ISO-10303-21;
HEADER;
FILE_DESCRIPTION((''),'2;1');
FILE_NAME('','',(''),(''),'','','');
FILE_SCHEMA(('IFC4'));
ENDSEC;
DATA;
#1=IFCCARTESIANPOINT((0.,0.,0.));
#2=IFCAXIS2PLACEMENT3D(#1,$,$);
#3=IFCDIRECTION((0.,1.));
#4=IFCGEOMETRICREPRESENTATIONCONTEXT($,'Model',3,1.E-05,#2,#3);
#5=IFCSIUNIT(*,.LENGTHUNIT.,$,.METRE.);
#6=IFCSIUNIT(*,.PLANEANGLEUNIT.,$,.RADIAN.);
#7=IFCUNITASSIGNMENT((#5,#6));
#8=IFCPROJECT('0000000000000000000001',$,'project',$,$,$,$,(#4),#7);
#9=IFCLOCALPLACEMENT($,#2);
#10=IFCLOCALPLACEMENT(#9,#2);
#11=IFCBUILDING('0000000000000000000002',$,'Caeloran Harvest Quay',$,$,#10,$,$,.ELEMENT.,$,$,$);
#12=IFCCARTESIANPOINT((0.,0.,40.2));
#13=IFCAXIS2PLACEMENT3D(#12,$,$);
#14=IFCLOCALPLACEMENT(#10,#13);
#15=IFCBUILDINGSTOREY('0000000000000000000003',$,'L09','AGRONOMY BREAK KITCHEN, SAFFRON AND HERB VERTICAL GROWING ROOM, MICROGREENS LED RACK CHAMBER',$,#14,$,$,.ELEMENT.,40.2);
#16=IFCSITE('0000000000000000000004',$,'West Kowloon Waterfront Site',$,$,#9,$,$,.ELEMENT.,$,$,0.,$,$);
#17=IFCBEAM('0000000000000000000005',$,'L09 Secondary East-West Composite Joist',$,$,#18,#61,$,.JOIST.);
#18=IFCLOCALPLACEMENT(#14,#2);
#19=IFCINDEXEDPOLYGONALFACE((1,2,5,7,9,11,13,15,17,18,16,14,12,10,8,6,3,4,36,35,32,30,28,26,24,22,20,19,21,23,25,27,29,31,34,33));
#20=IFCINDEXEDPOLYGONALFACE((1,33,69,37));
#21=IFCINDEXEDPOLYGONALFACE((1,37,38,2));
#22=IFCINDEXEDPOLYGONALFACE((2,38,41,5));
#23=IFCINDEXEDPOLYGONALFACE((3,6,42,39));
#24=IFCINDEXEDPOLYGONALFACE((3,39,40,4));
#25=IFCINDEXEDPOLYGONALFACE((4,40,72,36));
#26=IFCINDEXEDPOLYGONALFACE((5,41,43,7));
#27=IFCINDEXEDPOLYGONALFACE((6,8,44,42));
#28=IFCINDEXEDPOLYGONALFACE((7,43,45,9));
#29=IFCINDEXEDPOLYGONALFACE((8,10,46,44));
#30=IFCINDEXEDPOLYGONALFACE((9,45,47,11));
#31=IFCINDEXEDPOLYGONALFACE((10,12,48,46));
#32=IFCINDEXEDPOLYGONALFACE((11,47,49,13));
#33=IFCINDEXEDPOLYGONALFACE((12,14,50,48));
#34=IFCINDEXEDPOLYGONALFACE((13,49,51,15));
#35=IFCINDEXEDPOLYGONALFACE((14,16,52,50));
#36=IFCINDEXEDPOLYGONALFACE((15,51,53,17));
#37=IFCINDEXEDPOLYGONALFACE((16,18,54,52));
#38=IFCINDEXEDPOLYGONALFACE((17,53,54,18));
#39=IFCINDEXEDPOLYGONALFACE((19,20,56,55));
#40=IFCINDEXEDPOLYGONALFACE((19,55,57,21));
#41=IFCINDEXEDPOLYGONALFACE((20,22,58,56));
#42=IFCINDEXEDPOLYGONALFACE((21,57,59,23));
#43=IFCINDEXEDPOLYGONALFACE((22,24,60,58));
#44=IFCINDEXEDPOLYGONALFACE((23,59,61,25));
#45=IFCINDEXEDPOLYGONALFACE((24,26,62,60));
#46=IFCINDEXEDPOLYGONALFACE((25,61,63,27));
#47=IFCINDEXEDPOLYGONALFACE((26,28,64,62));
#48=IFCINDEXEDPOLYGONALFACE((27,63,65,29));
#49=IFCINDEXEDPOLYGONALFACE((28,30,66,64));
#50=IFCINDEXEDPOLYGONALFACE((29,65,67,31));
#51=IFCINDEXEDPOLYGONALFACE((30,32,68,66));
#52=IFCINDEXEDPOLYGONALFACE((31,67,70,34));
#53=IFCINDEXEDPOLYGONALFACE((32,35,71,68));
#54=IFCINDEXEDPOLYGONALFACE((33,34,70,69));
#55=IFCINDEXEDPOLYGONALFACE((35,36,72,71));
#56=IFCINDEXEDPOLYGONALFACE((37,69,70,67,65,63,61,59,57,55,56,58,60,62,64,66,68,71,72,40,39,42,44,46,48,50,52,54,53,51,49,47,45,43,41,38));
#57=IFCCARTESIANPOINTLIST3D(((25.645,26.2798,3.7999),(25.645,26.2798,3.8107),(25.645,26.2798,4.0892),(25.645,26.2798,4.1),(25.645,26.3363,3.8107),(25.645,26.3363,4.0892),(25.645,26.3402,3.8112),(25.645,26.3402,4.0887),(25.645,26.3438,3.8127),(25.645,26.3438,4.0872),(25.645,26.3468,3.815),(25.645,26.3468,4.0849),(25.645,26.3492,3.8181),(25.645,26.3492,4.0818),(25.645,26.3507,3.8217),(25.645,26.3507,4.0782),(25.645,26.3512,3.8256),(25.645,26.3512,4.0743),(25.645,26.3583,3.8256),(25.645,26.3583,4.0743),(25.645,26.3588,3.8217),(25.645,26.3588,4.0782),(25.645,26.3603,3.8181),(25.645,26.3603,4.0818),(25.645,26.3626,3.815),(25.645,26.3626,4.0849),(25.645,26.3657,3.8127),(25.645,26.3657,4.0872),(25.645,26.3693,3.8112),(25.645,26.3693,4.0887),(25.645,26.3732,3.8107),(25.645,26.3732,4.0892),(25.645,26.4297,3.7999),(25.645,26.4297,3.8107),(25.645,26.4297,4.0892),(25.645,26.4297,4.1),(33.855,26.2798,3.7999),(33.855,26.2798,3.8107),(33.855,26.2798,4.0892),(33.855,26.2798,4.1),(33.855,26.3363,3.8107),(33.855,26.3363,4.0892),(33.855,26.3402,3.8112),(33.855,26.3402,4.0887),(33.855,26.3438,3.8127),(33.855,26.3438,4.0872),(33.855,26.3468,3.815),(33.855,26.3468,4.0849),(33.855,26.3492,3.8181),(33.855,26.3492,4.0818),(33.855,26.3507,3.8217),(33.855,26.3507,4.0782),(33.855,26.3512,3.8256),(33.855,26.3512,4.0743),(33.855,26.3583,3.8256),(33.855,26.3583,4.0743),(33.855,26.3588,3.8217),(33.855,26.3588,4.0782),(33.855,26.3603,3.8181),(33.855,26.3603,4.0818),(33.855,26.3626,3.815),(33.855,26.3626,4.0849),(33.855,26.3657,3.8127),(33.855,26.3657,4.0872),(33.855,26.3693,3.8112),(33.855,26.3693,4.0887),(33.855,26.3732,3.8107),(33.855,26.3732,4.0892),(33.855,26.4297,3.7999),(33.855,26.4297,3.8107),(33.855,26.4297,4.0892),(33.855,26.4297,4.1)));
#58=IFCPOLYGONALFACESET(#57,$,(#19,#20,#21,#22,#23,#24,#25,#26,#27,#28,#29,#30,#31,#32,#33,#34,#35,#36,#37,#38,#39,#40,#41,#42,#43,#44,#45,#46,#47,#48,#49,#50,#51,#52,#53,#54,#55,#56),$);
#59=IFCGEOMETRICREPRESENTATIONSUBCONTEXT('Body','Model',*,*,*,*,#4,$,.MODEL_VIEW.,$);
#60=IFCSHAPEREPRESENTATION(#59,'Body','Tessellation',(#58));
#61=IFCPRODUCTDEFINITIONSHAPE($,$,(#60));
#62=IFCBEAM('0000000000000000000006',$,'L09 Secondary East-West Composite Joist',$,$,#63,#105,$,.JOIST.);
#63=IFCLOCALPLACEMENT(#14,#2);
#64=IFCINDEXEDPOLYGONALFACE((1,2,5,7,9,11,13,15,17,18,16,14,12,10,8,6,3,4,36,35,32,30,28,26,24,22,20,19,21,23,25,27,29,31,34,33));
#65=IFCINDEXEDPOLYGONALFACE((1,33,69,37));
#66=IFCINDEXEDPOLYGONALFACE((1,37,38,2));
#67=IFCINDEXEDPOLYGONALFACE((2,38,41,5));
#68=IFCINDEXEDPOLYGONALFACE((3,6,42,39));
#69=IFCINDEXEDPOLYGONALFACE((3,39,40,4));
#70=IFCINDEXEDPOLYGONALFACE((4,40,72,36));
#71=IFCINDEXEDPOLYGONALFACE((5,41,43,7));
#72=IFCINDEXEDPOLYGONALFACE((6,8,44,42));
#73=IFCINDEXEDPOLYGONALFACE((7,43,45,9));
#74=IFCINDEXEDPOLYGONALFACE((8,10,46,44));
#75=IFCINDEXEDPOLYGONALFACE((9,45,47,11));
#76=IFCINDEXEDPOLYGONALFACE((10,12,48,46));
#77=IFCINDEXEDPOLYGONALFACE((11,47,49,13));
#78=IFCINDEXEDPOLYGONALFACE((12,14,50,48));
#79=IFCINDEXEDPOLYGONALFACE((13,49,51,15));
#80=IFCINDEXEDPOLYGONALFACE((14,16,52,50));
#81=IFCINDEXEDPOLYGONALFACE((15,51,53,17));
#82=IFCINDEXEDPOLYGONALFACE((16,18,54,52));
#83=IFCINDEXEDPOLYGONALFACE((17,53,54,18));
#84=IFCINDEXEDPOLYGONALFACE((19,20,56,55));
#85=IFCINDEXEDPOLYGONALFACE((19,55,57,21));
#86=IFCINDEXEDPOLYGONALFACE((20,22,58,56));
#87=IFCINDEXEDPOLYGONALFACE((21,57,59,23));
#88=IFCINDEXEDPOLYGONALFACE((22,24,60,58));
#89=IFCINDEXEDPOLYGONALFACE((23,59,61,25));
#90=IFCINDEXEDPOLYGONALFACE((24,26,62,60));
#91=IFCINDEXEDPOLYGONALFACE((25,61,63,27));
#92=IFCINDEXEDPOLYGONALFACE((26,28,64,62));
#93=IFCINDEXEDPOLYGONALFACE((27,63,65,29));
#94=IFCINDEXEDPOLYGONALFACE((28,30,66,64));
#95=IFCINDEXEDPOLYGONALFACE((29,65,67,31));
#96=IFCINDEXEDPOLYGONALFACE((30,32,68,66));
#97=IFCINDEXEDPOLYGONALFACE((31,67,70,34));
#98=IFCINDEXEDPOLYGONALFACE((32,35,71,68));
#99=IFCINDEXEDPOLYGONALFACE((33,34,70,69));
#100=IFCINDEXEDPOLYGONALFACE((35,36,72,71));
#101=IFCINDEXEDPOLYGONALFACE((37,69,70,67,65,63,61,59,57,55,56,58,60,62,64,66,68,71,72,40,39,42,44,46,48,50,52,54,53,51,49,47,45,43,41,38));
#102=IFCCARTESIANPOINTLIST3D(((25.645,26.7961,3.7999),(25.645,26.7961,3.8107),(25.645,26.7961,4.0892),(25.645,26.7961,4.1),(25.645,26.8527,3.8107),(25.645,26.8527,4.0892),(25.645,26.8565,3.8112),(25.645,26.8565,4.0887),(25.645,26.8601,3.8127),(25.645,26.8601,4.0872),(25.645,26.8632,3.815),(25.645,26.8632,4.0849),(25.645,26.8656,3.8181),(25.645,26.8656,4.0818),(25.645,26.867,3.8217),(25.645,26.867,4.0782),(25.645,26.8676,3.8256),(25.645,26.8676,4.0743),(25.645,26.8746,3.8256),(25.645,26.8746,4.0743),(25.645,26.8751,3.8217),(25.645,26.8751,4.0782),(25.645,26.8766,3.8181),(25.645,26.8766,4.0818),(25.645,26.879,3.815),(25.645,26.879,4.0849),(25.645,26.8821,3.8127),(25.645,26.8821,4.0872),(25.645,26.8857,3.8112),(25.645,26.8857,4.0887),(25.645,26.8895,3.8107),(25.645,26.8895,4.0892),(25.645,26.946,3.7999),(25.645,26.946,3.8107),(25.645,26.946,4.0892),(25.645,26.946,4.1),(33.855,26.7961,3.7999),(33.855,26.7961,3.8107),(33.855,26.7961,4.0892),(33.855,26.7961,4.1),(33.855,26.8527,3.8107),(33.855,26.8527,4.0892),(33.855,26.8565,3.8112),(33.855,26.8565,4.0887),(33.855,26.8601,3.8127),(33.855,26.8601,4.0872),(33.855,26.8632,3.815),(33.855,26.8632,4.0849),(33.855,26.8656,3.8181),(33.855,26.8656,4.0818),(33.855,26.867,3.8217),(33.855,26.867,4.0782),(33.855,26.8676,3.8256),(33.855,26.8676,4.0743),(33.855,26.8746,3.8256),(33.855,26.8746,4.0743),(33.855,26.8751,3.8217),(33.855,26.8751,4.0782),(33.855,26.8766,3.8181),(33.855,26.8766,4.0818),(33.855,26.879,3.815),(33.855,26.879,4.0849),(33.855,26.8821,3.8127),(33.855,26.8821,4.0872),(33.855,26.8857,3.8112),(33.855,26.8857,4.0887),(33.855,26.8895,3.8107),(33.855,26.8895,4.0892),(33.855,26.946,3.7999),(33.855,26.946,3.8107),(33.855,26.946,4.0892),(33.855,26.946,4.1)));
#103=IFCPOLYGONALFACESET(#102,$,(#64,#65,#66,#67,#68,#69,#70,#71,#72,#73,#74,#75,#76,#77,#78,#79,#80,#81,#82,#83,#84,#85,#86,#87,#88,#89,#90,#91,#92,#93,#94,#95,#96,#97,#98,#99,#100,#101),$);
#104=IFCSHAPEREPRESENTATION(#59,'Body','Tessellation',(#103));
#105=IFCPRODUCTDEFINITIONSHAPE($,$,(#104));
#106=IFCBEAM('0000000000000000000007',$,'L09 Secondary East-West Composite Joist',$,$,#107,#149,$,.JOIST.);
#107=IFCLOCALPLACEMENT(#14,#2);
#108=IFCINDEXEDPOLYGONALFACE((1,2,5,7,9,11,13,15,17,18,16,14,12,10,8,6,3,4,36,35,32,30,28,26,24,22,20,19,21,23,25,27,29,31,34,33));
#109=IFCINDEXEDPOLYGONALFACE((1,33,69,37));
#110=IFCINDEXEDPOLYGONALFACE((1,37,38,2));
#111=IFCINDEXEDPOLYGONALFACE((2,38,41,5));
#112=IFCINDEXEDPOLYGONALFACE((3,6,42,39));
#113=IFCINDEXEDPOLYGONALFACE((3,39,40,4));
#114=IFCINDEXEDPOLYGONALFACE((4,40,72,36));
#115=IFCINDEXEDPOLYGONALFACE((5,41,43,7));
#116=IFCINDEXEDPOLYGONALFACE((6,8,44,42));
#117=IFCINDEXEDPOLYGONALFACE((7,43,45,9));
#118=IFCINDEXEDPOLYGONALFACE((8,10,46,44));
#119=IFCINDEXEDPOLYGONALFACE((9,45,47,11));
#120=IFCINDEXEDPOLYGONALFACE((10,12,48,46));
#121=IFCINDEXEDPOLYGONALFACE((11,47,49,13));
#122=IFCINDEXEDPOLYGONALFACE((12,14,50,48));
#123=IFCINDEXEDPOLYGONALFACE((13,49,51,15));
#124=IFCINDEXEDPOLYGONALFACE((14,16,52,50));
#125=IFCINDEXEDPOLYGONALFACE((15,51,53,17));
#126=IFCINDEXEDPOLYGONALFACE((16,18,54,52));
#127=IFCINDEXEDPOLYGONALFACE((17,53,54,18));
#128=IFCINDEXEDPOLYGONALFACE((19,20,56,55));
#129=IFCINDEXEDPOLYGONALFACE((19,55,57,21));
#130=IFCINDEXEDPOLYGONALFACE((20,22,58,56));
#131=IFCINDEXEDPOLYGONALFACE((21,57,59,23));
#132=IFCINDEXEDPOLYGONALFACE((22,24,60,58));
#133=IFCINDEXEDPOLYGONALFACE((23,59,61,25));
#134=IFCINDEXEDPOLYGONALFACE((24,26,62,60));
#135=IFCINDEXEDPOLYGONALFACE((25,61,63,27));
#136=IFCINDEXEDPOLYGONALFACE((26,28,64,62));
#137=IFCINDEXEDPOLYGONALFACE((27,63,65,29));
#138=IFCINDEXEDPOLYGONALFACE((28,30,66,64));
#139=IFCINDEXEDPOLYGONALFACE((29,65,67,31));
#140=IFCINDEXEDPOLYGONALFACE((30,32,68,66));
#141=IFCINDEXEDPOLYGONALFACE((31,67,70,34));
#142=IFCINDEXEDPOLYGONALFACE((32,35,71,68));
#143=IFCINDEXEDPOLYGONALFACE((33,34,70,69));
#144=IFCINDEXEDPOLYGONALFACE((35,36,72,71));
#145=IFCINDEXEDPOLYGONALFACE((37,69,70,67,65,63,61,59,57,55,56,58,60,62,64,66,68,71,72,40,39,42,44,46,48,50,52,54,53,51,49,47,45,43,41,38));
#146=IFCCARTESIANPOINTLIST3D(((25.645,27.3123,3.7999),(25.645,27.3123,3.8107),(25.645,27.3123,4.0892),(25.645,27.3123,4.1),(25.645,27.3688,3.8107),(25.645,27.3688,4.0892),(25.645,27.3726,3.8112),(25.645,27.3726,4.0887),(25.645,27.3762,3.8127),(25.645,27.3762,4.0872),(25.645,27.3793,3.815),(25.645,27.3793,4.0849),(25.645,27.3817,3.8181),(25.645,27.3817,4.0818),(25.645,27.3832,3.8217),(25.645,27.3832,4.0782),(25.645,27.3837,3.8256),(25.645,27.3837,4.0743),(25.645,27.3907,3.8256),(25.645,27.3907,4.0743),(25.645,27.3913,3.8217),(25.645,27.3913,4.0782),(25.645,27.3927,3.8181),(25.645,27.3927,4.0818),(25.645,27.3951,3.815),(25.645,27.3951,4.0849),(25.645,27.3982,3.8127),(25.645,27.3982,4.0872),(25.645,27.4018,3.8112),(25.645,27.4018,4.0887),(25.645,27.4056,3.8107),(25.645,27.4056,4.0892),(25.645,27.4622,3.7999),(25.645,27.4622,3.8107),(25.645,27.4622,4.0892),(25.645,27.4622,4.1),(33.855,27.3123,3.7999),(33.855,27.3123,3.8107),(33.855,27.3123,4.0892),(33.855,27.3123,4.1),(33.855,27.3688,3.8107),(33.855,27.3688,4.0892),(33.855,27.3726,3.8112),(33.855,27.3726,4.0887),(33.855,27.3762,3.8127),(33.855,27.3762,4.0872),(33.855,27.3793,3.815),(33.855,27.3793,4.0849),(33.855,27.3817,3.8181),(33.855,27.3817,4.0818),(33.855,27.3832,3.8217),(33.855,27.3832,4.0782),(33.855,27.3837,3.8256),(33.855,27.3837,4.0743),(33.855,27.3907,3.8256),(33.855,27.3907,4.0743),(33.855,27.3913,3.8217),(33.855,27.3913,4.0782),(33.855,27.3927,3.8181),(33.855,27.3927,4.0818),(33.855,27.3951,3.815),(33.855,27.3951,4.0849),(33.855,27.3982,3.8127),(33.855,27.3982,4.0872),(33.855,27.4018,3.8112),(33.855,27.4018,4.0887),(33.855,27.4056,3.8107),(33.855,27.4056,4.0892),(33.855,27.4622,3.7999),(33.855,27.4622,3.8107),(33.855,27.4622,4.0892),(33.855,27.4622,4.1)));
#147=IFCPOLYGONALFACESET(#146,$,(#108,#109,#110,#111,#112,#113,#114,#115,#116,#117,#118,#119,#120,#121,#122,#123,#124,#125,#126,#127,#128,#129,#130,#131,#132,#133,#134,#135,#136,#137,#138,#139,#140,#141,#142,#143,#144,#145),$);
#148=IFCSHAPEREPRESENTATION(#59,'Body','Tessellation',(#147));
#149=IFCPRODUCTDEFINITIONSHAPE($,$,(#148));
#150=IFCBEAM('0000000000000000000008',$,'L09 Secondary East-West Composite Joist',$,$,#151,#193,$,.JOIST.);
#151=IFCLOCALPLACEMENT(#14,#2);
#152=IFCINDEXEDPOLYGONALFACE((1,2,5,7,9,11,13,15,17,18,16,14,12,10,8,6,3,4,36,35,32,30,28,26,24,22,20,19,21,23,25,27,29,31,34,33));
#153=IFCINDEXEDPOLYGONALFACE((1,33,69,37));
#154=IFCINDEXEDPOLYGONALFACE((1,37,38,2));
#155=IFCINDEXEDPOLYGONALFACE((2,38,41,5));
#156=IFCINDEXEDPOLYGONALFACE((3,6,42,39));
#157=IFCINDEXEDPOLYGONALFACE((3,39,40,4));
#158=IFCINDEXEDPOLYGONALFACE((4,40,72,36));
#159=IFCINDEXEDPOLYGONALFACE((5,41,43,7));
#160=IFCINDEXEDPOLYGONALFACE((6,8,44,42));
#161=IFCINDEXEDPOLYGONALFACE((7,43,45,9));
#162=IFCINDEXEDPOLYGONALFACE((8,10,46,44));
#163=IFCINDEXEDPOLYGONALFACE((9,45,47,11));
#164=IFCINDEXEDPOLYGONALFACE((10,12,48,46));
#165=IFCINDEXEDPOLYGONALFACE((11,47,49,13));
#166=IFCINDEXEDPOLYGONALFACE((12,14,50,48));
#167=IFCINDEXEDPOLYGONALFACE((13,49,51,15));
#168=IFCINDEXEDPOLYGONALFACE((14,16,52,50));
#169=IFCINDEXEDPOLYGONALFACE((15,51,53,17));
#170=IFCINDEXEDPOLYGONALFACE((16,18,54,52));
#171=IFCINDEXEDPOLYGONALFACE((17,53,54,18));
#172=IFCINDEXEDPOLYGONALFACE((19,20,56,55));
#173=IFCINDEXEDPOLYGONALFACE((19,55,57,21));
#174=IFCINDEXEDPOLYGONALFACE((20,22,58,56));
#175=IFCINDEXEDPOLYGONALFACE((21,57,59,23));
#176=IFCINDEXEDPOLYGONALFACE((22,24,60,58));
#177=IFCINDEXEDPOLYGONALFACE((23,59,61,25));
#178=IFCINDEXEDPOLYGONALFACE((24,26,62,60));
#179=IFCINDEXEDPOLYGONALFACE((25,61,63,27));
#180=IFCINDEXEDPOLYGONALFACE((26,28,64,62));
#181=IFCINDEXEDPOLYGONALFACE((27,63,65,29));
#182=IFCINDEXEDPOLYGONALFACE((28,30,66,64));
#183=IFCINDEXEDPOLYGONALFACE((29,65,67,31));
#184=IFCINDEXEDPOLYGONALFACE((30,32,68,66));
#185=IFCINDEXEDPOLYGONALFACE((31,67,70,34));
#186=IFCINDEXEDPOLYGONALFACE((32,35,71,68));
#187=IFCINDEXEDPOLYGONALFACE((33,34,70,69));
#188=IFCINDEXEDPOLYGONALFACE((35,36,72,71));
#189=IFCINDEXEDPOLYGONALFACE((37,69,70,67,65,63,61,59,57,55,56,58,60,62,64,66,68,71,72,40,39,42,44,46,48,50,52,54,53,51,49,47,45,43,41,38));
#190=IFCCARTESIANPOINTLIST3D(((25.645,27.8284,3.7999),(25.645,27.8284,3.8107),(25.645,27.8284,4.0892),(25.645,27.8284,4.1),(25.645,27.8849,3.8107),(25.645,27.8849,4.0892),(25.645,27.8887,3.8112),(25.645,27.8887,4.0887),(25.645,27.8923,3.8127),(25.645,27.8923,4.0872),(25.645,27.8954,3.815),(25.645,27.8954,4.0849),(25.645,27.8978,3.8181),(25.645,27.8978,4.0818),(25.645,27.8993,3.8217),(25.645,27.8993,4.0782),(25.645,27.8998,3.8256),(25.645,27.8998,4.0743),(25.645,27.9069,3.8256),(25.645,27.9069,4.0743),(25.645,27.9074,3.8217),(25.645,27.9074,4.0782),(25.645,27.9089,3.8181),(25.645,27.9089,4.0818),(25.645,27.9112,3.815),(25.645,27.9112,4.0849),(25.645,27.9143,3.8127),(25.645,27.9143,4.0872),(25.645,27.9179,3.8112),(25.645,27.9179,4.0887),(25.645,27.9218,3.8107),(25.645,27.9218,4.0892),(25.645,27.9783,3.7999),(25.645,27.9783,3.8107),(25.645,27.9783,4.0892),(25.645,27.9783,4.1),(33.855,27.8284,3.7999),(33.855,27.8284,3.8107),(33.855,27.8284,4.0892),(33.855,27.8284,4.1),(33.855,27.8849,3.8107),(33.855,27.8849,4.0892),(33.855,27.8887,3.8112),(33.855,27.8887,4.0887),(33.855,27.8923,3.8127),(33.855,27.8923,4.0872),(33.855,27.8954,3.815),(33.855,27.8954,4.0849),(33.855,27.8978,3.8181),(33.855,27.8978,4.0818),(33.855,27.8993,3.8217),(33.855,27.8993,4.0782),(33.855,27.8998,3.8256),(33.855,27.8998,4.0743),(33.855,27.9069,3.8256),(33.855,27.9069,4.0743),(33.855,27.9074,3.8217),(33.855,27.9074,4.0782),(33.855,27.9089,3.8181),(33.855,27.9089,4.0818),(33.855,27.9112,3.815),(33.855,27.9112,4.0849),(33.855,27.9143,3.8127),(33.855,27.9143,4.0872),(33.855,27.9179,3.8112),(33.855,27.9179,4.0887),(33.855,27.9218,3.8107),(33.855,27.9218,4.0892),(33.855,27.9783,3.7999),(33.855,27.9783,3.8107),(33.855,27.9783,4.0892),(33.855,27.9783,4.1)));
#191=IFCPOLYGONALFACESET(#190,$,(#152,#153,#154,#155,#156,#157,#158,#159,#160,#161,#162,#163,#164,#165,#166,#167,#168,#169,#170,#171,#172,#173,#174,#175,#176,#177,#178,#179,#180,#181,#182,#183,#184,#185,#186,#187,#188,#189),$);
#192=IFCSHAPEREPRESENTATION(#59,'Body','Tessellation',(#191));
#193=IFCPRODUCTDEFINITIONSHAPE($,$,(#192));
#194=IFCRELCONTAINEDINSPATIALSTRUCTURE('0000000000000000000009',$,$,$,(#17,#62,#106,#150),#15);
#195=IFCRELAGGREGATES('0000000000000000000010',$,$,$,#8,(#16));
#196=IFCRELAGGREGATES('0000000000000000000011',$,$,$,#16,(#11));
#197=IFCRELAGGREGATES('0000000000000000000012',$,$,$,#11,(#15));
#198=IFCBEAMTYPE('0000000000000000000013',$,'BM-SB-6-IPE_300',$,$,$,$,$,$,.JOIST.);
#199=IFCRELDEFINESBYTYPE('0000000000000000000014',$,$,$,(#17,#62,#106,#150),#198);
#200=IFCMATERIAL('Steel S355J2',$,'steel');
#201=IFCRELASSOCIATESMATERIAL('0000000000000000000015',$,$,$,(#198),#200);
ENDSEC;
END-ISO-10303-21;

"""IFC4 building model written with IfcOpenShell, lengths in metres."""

from ifc_helpers import new_model, si_unit, direction, frame, origin, origin_2d, place, context, subcontext, project, spatial, i_section, extrude, material, material_profile, profile_set, type_object, element, save


model = new_model("IFC4")

# Units and contexts
model_context = context("Model", 3, precision=1e-05, world=origin(), true_north=direction((0.0, 1.0)))
body_context = subcontext(model_context, "Body", "Model", "MODEL_VIEW")
ifc_project = project(units=[si_unit("LENGTHUNIT", "METRE"), si_unit("PLANEANGLEUNIT", "RADIAN")], contexts=[model_context])

# Site, building, storey
site_placement = place(None, origin())
site = spatial("IfcSite", under=ifc_project, at=site_placement, Name="West Kowloon Waterfront Site", CompositionType="ELEMENT", RefElevation=0.0)
building_placement = place(site_placement, origin())
building = spatial("IfcBuilding", under=site, at=building_placement, Name="Caeloran Harvest Quay", CompositionType="ELEMENT")
storey_placement = place(building_placement, frame((0.0, 0.0, 40.2)))
storey = spatial("IfcBuildingStorey", under=building, at=storey_placement, Name="L09", Description="AGRONOMY BREAK KITCHEN, SAFFRON AND HERB VERTICAL GROWING ROOM, MICROGREENS LED RACK CHAMBER", CompositionType="ELEMENT", Elevation=40.2)

# Beams
ifc_material_1 = material(Name="Steel S355J2", Category="steel")
ifc_material_profile_1 = material_profile(ifc_material_1, i_section(OverallWidth=0.1499, OverallDepth=0.3, WebThickness=0.0071, FlangeThickness=0.0107, FilletRadius=0.0149, at=origin_2d()), Name="IPE 300")
ifc_profile_set_1 = profile_set([ifc_material_profile_1], Name="Steel S355J2")
beam_type_1 = type_object("IfcBeamType", Name="BM-SB-6-IPE_300", PredefinedType="JOIST", material=ifc_profile_set_1)
for number, where, z_axis, x_axis, name in (
    (1, (25.645, 26.3547, 3.95), (1.0, 0.0, 0.0), (0.0, 1.0, 0.0), "L09 Secondary East-West Composite Joist"),
    (2, (25.645, 26.8711, 3.95), (1.0, 0.0, 0.0), (0.0, 1.0, 0.0), "L09 Secondary East-West Composite Joist"),
    (3, (25.645, 27.3872, 3.95), (1.0, 0.0, 0.0), (0.0, 1.0, 0.0), "L09 Secondary East-West Composite Joist"),
    (4, (25.645, 27.9033, 3.95), (1.0, 0.0, 0.0), (0.0, 1.0, 0.0), "L09 Secondary East-West Composite Joist"),
):
    element("IfcBeam", number, at=place(storey_placement, frame(where, z_axis=z_axis, x_axis=x_axis)), inside=storey, type_object=beam_type_1, Name=name, PredefinedType="JOIST", context=body_context, shape_type="SweptSolid", body=[
        extrude(i_section(OverallWidth=0.1499, OverallDepth=0.3, WebThickness=0.0071, FlangeThickness=0.0107, FilletRadius=0.0149, at=origin_2d()), origin(), (0.0, 0.0, 1.0), 8.21),
    ])

save(model, "model.ifc")
